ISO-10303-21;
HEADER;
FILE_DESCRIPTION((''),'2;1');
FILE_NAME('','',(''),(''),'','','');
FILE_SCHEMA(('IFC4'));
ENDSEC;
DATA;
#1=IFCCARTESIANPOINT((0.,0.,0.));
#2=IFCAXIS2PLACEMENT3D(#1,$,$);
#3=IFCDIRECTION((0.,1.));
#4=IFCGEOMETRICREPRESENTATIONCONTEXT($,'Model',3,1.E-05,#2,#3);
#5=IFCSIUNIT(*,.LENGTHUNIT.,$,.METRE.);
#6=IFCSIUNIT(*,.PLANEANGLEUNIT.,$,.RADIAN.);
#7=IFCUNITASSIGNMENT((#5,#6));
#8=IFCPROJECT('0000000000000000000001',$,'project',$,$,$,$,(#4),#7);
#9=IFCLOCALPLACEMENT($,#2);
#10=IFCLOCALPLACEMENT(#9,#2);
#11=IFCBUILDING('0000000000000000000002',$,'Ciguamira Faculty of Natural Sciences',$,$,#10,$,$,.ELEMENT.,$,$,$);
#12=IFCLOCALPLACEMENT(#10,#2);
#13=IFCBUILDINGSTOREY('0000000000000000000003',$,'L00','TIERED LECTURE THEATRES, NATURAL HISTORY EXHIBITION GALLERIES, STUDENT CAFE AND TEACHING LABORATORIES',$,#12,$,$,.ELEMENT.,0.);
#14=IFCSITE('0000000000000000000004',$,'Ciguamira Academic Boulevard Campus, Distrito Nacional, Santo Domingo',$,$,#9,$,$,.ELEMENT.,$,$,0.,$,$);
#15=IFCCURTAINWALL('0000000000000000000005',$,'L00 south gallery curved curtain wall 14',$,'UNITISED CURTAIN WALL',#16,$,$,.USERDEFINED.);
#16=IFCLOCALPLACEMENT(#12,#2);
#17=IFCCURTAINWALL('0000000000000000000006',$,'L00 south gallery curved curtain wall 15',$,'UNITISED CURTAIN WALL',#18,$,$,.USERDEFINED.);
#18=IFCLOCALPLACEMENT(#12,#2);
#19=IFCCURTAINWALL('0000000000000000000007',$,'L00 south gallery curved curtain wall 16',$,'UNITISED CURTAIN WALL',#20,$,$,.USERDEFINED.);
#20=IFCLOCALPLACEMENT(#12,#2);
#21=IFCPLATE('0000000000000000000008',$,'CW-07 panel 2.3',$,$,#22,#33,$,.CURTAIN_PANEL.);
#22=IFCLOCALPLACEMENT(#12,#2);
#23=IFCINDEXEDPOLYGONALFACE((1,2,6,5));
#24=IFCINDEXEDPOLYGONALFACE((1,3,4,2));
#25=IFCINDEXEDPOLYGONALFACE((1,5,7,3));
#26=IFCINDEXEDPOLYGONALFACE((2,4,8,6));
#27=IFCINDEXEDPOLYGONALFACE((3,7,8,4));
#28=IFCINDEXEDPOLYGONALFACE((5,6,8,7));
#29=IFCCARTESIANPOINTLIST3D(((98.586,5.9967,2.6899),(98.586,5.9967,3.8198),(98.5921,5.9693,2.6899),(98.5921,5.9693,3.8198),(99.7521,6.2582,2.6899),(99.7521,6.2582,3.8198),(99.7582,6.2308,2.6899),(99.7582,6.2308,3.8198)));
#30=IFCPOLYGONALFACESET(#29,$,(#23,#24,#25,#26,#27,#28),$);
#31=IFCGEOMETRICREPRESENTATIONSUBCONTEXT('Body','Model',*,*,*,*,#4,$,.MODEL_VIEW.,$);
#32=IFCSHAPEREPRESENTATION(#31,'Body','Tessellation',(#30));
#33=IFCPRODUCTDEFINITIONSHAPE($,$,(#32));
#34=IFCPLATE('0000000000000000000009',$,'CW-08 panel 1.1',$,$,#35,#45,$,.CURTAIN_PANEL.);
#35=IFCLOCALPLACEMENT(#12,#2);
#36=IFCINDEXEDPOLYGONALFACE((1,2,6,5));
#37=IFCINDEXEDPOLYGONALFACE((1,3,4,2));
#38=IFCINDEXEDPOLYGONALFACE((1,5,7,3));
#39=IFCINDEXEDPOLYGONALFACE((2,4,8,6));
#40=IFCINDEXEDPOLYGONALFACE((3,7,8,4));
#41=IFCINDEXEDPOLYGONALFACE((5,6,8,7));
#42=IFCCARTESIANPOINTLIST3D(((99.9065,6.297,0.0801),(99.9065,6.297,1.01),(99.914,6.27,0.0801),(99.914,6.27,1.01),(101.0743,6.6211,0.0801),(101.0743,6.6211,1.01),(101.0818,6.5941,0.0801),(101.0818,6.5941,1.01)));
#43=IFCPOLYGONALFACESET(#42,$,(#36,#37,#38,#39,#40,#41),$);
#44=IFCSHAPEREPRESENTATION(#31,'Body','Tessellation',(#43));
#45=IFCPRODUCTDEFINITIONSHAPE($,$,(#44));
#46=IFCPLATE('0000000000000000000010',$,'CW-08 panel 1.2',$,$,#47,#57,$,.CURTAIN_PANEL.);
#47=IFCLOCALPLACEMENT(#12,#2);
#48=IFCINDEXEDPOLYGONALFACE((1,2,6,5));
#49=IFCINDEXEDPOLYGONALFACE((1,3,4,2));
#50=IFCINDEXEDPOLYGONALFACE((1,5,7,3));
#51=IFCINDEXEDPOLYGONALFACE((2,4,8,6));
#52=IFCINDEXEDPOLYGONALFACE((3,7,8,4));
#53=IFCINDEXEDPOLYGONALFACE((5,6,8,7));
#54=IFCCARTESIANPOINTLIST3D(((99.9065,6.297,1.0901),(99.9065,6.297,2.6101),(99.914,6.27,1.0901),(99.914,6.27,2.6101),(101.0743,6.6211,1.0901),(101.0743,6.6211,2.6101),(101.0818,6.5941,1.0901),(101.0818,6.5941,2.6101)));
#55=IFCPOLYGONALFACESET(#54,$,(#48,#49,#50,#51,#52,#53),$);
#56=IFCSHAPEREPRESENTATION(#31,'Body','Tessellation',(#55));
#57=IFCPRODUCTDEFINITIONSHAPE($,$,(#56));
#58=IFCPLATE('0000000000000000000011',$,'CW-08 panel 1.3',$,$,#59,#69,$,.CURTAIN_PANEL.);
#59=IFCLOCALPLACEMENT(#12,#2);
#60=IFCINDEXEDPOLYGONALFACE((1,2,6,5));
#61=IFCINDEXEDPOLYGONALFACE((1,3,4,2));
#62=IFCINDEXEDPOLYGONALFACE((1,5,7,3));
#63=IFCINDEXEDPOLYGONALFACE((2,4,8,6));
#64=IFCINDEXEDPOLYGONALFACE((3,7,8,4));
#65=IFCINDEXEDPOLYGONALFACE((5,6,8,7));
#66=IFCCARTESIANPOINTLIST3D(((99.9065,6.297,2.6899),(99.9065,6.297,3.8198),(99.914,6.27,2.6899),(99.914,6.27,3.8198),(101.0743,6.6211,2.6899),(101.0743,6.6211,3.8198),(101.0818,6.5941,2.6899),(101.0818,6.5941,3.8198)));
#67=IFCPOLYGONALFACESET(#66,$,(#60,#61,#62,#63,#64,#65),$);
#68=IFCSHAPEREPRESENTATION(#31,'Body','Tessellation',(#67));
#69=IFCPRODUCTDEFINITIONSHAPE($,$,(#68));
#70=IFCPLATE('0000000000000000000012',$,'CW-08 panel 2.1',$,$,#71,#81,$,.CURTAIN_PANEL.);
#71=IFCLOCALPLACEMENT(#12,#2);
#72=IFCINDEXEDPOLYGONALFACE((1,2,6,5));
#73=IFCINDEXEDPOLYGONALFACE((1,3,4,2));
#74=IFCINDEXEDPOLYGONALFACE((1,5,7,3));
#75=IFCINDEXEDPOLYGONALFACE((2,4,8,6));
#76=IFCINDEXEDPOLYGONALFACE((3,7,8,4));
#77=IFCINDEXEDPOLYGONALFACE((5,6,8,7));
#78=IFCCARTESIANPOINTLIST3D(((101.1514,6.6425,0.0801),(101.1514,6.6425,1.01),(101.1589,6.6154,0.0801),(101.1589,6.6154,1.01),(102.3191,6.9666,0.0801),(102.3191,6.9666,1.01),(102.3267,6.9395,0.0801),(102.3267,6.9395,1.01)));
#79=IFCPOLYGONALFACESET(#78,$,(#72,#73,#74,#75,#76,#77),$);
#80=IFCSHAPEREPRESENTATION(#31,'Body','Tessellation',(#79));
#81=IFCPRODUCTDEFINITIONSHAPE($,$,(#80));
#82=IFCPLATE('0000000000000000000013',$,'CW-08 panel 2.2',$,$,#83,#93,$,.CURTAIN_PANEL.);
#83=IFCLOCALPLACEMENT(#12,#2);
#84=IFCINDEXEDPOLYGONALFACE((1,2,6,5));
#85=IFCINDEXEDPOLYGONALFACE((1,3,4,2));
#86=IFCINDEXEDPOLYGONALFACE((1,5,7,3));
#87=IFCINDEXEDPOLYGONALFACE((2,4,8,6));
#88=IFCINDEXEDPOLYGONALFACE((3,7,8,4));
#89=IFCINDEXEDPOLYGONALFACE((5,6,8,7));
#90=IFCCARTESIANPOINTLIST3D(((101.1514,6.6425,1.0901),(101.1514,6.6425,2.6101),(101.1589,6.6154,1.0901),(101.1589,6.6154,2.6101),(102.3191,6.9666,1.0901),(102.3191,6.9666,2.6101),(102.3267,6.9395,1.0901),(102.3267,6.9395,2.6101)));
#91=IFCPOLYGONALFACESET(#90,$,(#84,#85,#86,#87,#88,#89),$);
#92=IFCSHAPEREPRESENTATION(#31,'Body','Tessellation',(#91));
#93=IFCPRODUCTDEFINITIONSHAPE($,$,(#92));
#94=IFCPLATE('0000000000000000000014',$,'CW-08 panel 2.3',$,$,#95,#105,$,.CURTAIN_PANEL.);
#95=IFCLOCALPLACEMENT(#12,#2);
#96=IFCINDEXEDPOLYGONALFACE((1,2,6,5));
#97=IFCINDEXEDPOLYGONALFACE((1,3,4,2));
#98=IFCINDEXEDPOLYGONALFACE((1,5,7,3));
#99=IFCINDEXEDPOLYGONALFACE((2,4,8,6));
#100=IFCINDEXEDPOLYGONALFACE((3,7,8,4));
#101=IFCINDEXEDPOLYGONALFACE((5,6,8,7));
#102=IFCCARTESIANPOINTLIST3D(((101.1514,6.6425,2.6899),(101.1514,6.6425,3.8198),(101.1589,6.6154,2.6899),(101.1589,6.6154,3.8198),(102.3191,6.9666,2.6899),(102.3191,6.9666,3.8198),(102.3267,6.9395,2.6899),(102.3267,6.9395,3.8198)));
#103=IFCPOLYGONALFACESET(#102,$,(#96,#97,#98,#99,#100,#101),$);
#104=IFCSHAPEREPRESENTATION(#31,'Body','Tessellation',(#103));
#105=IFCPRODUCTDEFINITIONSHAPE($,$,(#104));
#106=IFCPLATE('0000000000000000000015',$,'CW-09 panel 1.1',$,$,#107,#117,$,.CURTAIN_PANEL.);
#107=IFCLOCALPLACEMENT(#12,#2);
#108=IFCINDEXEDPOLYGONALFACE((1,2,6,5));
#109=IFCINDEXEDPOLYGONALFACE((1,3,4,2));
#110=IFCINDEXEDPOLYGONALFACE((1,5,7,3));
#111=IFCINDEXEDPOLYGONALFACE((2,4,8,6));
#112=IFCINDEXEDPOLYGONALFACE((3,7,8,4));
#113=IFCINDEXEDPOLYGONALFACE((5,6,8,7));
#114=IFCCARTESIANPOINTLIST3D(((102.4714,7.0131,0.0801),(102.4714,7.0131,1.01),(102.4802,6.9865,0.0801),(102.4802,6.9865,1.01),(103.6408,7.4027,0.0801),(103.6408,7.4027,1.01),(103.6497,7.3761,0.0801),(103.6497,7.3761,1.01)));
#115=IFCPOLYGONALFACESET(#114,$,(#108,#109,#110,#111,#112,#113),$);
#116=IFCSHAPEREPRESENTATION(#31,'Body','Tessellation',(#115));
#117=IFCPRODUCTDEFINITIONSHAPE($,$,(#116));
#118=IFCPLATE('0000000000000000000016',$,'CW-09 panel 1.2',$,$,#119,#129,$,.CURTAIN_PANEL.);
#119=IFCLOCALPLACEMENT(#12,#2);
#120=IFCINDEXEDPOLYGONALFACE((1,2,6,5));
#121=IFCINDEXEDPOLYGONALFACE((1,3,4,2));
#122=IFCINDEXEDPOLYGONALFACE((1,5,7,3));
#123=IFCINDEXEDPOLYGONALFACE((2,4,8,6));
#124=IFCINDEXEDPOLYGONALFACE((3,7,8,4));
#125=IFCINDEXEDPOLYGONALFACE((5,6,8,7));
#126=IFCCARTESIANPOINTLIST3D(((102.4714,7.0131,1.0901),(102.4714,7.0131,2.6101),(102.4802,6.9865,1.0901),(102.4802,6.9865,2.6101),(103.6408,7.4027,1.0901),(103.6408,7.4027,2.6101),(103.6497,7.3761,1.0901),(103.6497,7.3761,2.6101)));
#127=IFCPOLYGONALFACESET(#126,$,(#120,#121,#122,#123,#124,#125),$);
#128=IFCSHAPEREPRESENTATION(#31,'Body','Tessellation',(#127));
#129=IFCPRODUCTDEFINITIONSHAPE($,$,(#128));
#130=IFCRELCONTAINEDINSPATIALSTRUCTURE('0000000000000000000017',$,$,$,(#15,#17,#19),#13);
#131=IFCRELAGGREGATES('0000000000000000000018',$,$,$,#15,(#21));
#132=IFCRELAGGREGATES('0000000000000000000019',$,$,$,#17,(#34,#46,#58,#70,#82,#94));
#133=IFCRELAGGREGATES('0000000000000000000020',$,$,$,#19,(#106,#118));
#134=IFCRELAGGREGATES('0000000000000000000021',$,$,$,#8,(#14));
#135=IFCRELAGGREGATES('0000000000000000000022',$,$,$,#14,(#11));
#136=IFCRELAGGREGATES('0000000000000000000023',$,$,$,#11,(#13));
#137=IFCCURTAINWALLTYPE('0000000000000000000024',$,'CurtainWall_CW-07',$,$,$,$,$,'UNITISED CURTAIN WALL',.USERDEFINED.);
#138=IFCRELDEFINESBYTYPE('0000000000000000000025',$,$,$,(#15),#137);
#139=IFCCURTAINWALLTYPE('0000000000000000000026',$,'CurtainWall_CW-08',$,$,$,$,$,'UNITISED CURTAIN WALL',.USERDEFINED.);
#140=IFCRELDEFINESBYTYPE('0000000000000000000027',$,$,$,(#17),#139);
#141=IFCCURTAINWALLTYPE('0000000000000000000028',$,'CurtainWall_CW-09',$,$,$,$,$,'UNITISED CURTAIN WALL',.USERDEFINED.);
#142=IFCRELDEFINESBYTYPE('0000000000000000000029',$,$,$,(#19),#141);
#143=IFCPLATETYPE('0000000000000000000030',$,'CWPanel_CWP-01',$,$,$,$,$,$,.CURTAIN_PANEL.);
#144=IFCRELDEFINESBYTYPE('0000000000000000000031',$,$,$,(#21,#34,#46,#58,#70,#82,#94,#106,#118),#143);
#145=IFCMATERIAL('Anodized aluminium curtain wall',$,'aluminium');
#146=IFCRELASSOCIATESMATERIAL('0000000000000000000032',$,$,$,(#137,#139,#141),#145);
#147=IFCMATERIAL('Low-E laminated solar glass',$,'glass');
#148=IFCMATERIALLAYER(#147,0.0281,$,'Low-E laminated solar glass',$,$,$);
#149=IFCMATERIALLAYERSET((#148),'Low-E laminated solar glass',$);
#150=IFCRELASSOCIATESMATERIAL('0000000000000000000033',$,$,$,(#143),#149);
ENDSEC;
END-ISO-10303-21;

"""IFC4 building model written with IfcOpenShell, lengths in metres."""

from ifc_helpers import new_model, si_unit, direction, frame, origin, origin_2d, place, context, subcontext, project, spatial, rectangle, extrude, material, layer, layer_set, type_object, element, aggregate, save


model = new_model("IFC4")

# Units and contexts
model_context = context("Model", 3, precision=1e-05, world=origin(), true_north=direction((0.0, 1.0)))
body_context = subcontext(model_context, "Body", "Model", "MODEL_VIEW")
ifc_project = project(units=[si_unit("LENGTHUNIT", "METRE"), si_unit("PLANEANGLEUNIT", "RADIAN")], contexts=[model_context])

# Site, building, storey
site_placement = place(None, origin())
site = spatial("IfcSite", under=ifc_project, at=site_placement, Name="Ciguamira Academic Boulevard Campus, Distrito Nacional, Santo Domingo", CompositionType="ELEMENT", RefElevation=0.0)
building_placement = place(site_placement, origin())
building = spatial("IfcBuilding", under=site, at=building_placement, Name="Ciguamira Faculty of Natural Sciences", CompositionType="ELEMENT")
storey_placement = place(building_placement, origin())
storey = spatial("IfcBuildingStorey", under=building, at=storey_placement, Name="L00", Description="TIERED LECTURE THEATRES, NATURAL HISTORY EXHIBITION GALLERIES, STUDENT CAFE AND TEACHING LABORATORIES", CompositionType="ELEMENT", Elevation=0.0)

# Curtain walls
ifc_material_1 = material(Name="Anodized aluminium curtain wall", Category="aluminium")
curtain_wall_type_1 = type_object("IfcCurtainWallType", Name="CurtainWall_CW-07", ElementType="UNITISED CURTAIN WALL", PredefinedType="USERDEFINED", material=ifc_material_1)
curtain_wall_1_placement = place(storey_placement, origin())
curtain_wall_1 = element("IfcCurtainWall", 1, at=curtain_wall_1_placement, inside=storey, type_object=curtain_wall_type_1, Name="L00 south gallery curved curtain wall 14", ObjectType="UNITISED CURTAIN WALL", PredefinedType="USERDEFINED")
curtain_wall_type_2 = type_object("IfcCurtainWallType", Name="CurtainWall_CW-08", ElementType="UNITISED CURTAIN WALL", PredefinedType="USERDEFINED", material=ifc_material_1)
curtain_wall_2_placement = place(storey_placement, origin())
curtain_wall_2 = element("IfcCurtainWall", 2, at=curtain_wall_2_placement, inside=storey, type_object=curtain_wall_type_2, Name="L00 south gallery curved curtain wall 15", ObjectType="UNITISED CURTAIN WALL", PredefinedType="USERDEFINED")

# Curtain wall
curtain_wall_type_3 = type_object("IfcCurtainWallType", Name="CurtainWall_CW-09", ElementType="UNITISED CURTAIN WALL", PredefinedType="USERDEFINED", material=ifc_material_1)
curtain_wall_3_placement = place(storey_placement, origin())
curtain_wall_3 = element("IfcCurtainWall", 3, at=curtain_wall_3_placement, inside=storey, type_object=curtain_wall_type_3, Name="L00 south gallery curved curtain wall 16", ObjectType="UNITISED CURTAIN WALL", PredefinedType="USERDEFINED")

# Plates
ifc_material_2 = material(Name="Low-E laminated solar glass", Category="glass")
ifc_layer = layer(ifc_material_2, 0.0281, Name="Low-E laminated solar glass")
ifc_layer_set = layer_set([ifc_layer], Name="Low-E laminated solar glass")
plate_type = type_object("IfcPlateType", Name="CWPanel_CWP-01", PredefinedType="CURTAIN_PANEL", material=ifc_layer_set)
plate_1_placement = place(storey_placement, frame((99.1721, 6.1138, 2.6899), z_axis=(0.0, 0.0, 1.0), x_axis=(0.975763, 0.21883, 0.0)))
plate_1 = element("IfcPlate", 4, at=plate_1_placement, type_object=plate_type, Name="CW-07 panel 2.3", PredefinedType="CURTAIN_PANEL", context=body_context, shape_type="SweptSolid", body=[
    extrude(rectangle(XDim=1.1951, YDim=0.0281, at=origin_2d()), origin(), (0.0, 0.0, 1.0), 1.1299),
])
aggregate(curtain_wall_1, [plate_1])
plate_2_placement = place(storey_placement, frame((100.4941, 6.4456, 0.0801), z_axis=(0.0, 0.0, 1.0), x_axis=(0.963573, 0.267444, 0.0)))
plate_2 = element("IfcPlate", 5, at=plate_2_placement, type_object=plate_type, Name="CW-08 panel 1.1", PredefinedType="CURTAIN_PANEL", context=body_context, shape_type="SweptSolid", body=[
    extrude(rectangle(XDim=1.2119, YDim=0.0281, at=origin_2d()), origin(), (0.0, 0.0, 1.0), 0.9299),
])
plate_3_placement = place(storey_placement, frame((100.4941, 6.4456, 1.0901), z_axis=(0.0, 0.0, 1.0), x_axis=(0.963573, 0.267444, 0.0)))
plate_3 = element("IfcPlate", 6, at=plate_3_placement, type_object=plate_type, Name="CW-08 panel 1.2", PredefinedType="CURTAIN_PANEL", context=body_context, shape_type="SweptSolid", body=[
    extrude(rectangle(XDim=1.2119, YDim=0.0281, at=origin_2d()), origin(), (0.0, 0.0, 1.0), 1.52),
])
plate_4_placement = place(storey_placement, frame((100.4941, 6.4456, 2.6899), z_axis=(0.0, 0.0, 1.0), x_axis=(0.963573, 0.267444, 0.0)))
plate_4 = element("IfcPlate", 7, at=plate_4_placement, type_object=plate_type, Name="CW-08 panel 1.3", PredefinedType="CURTAIN_PANEL", context=body_context, shape_type="SweptSolid", body=[
    extrude(rectangle(XDim=1.2119, YDim=0.0281, at=origin_2d()), origin(), (0.0, 0.0, 1.0), 1.1299),
])
plate_5_placement = place(storey_placement, frame((101.739, 6.791, 0.0801), z_axis=(0.0, 0.0, 1.0), x_axis=(0.963573, 0.267444, 0.0)))
plate_5 = element("IfcPlate", 8, at=plate_5_placement, type_object=plate_type, Name="CW-08 panel 2.1", PredefinedType="CURTAIN_PANEL", context=body_context, shape_type="SweptSolid", body=[
    extrude(rectangle(XDim=1.2119, YDim=0.0281, at=origin_2d()), origin(), (0.0, 0.0, 1.0), 0.9299),
])
plate_6_placement = place(storey_placement, frame((101.739, 6.791, 1.0901), z_axis=(0.0, 0.0, 1.0), x_axis=(0.963573, 0.267444, 0.0)))
plate_6 = element("IfcPlate", 9, at=plate_6_placement, type_object=plate_type, Name="CW-08 panel 2.2", PredefinedType="CURTAIN_PANEL", context=body_context, shape_type="SweptSolid", body=[
    extrude(rectangle(XDim=1.2119, YDim=0.0281, at=origin_2d()), origin(), (0.0, 0.0, 1.0), 1.52),
])
plate_7_placement = place(storey_placement, frame((101.739, 6.791, 2.6899), z_axis=(0.0, 0.0, 1.0), x_axis=(0.963573, 0.267444, 0.0)))
plate_7 = element("IfcPlate", 10, at=plate_7_placement, type_object=plate_type, Name="CW-08 panel 2.3", PredefinedType="CURTAIN_PANEL", context=body_context, shape_type="SweptSolid", body=[
    extrude(rectangle(XDim=1.2119, YDim=0.0281, at=origin_2d()), origin(), (0.0, 0.0, 1.0), 1.1299),
])
aggregate(curtain_wall_2, [plate_2, plate_3, plate_4, plate_5, plate_6, plate_7])
plate_8_placement = place(storey_placement, frame((103.0605, 7.1946, 0.0801), z_axis=(0.0, 0.0, 1.0), x_axis=(0.948735, 0.316073, 0.0)))
plate_8 = element("IfcPlate", 11, at=plate_8_placement, type_object=plate_type, Name="CW-09 panel 1.1", PredefinedType="CURTAIN_PANEL", context=body_context, shape_type="SweptSolid", body=[
    extrude(rectangle(XDim=1.2327, YDim=0.0281, at=origin_2d()), origin(), (0.0, 0.0, 1.0), 0.9299),
])
plate_9_placement = place(storey_placement, frame((103.0605, 7.1946, 1.0901), z_axis=(0.0, 0.0, 1.0), x_axis=(0.948735, 0.316073, 0.0)))
plate_9 = element("IfcPlate", 12, at=plate_9_placement, type_object=plate_type, Name="CW-09 panel 1.2", PredefinedType="CURTAIN_PANEL", context=body_context, shape_type="SweptSolid", body=[
    extrude(rectangle(XDim=1.2327, YDim=0.0281, at=origin_2d()), origin(), (0.0, 0.0, 1.0), 1.52),
])
aggregate(curtain_wall_3, [plate_8, plate_9])

save(model, "model.ifc")
